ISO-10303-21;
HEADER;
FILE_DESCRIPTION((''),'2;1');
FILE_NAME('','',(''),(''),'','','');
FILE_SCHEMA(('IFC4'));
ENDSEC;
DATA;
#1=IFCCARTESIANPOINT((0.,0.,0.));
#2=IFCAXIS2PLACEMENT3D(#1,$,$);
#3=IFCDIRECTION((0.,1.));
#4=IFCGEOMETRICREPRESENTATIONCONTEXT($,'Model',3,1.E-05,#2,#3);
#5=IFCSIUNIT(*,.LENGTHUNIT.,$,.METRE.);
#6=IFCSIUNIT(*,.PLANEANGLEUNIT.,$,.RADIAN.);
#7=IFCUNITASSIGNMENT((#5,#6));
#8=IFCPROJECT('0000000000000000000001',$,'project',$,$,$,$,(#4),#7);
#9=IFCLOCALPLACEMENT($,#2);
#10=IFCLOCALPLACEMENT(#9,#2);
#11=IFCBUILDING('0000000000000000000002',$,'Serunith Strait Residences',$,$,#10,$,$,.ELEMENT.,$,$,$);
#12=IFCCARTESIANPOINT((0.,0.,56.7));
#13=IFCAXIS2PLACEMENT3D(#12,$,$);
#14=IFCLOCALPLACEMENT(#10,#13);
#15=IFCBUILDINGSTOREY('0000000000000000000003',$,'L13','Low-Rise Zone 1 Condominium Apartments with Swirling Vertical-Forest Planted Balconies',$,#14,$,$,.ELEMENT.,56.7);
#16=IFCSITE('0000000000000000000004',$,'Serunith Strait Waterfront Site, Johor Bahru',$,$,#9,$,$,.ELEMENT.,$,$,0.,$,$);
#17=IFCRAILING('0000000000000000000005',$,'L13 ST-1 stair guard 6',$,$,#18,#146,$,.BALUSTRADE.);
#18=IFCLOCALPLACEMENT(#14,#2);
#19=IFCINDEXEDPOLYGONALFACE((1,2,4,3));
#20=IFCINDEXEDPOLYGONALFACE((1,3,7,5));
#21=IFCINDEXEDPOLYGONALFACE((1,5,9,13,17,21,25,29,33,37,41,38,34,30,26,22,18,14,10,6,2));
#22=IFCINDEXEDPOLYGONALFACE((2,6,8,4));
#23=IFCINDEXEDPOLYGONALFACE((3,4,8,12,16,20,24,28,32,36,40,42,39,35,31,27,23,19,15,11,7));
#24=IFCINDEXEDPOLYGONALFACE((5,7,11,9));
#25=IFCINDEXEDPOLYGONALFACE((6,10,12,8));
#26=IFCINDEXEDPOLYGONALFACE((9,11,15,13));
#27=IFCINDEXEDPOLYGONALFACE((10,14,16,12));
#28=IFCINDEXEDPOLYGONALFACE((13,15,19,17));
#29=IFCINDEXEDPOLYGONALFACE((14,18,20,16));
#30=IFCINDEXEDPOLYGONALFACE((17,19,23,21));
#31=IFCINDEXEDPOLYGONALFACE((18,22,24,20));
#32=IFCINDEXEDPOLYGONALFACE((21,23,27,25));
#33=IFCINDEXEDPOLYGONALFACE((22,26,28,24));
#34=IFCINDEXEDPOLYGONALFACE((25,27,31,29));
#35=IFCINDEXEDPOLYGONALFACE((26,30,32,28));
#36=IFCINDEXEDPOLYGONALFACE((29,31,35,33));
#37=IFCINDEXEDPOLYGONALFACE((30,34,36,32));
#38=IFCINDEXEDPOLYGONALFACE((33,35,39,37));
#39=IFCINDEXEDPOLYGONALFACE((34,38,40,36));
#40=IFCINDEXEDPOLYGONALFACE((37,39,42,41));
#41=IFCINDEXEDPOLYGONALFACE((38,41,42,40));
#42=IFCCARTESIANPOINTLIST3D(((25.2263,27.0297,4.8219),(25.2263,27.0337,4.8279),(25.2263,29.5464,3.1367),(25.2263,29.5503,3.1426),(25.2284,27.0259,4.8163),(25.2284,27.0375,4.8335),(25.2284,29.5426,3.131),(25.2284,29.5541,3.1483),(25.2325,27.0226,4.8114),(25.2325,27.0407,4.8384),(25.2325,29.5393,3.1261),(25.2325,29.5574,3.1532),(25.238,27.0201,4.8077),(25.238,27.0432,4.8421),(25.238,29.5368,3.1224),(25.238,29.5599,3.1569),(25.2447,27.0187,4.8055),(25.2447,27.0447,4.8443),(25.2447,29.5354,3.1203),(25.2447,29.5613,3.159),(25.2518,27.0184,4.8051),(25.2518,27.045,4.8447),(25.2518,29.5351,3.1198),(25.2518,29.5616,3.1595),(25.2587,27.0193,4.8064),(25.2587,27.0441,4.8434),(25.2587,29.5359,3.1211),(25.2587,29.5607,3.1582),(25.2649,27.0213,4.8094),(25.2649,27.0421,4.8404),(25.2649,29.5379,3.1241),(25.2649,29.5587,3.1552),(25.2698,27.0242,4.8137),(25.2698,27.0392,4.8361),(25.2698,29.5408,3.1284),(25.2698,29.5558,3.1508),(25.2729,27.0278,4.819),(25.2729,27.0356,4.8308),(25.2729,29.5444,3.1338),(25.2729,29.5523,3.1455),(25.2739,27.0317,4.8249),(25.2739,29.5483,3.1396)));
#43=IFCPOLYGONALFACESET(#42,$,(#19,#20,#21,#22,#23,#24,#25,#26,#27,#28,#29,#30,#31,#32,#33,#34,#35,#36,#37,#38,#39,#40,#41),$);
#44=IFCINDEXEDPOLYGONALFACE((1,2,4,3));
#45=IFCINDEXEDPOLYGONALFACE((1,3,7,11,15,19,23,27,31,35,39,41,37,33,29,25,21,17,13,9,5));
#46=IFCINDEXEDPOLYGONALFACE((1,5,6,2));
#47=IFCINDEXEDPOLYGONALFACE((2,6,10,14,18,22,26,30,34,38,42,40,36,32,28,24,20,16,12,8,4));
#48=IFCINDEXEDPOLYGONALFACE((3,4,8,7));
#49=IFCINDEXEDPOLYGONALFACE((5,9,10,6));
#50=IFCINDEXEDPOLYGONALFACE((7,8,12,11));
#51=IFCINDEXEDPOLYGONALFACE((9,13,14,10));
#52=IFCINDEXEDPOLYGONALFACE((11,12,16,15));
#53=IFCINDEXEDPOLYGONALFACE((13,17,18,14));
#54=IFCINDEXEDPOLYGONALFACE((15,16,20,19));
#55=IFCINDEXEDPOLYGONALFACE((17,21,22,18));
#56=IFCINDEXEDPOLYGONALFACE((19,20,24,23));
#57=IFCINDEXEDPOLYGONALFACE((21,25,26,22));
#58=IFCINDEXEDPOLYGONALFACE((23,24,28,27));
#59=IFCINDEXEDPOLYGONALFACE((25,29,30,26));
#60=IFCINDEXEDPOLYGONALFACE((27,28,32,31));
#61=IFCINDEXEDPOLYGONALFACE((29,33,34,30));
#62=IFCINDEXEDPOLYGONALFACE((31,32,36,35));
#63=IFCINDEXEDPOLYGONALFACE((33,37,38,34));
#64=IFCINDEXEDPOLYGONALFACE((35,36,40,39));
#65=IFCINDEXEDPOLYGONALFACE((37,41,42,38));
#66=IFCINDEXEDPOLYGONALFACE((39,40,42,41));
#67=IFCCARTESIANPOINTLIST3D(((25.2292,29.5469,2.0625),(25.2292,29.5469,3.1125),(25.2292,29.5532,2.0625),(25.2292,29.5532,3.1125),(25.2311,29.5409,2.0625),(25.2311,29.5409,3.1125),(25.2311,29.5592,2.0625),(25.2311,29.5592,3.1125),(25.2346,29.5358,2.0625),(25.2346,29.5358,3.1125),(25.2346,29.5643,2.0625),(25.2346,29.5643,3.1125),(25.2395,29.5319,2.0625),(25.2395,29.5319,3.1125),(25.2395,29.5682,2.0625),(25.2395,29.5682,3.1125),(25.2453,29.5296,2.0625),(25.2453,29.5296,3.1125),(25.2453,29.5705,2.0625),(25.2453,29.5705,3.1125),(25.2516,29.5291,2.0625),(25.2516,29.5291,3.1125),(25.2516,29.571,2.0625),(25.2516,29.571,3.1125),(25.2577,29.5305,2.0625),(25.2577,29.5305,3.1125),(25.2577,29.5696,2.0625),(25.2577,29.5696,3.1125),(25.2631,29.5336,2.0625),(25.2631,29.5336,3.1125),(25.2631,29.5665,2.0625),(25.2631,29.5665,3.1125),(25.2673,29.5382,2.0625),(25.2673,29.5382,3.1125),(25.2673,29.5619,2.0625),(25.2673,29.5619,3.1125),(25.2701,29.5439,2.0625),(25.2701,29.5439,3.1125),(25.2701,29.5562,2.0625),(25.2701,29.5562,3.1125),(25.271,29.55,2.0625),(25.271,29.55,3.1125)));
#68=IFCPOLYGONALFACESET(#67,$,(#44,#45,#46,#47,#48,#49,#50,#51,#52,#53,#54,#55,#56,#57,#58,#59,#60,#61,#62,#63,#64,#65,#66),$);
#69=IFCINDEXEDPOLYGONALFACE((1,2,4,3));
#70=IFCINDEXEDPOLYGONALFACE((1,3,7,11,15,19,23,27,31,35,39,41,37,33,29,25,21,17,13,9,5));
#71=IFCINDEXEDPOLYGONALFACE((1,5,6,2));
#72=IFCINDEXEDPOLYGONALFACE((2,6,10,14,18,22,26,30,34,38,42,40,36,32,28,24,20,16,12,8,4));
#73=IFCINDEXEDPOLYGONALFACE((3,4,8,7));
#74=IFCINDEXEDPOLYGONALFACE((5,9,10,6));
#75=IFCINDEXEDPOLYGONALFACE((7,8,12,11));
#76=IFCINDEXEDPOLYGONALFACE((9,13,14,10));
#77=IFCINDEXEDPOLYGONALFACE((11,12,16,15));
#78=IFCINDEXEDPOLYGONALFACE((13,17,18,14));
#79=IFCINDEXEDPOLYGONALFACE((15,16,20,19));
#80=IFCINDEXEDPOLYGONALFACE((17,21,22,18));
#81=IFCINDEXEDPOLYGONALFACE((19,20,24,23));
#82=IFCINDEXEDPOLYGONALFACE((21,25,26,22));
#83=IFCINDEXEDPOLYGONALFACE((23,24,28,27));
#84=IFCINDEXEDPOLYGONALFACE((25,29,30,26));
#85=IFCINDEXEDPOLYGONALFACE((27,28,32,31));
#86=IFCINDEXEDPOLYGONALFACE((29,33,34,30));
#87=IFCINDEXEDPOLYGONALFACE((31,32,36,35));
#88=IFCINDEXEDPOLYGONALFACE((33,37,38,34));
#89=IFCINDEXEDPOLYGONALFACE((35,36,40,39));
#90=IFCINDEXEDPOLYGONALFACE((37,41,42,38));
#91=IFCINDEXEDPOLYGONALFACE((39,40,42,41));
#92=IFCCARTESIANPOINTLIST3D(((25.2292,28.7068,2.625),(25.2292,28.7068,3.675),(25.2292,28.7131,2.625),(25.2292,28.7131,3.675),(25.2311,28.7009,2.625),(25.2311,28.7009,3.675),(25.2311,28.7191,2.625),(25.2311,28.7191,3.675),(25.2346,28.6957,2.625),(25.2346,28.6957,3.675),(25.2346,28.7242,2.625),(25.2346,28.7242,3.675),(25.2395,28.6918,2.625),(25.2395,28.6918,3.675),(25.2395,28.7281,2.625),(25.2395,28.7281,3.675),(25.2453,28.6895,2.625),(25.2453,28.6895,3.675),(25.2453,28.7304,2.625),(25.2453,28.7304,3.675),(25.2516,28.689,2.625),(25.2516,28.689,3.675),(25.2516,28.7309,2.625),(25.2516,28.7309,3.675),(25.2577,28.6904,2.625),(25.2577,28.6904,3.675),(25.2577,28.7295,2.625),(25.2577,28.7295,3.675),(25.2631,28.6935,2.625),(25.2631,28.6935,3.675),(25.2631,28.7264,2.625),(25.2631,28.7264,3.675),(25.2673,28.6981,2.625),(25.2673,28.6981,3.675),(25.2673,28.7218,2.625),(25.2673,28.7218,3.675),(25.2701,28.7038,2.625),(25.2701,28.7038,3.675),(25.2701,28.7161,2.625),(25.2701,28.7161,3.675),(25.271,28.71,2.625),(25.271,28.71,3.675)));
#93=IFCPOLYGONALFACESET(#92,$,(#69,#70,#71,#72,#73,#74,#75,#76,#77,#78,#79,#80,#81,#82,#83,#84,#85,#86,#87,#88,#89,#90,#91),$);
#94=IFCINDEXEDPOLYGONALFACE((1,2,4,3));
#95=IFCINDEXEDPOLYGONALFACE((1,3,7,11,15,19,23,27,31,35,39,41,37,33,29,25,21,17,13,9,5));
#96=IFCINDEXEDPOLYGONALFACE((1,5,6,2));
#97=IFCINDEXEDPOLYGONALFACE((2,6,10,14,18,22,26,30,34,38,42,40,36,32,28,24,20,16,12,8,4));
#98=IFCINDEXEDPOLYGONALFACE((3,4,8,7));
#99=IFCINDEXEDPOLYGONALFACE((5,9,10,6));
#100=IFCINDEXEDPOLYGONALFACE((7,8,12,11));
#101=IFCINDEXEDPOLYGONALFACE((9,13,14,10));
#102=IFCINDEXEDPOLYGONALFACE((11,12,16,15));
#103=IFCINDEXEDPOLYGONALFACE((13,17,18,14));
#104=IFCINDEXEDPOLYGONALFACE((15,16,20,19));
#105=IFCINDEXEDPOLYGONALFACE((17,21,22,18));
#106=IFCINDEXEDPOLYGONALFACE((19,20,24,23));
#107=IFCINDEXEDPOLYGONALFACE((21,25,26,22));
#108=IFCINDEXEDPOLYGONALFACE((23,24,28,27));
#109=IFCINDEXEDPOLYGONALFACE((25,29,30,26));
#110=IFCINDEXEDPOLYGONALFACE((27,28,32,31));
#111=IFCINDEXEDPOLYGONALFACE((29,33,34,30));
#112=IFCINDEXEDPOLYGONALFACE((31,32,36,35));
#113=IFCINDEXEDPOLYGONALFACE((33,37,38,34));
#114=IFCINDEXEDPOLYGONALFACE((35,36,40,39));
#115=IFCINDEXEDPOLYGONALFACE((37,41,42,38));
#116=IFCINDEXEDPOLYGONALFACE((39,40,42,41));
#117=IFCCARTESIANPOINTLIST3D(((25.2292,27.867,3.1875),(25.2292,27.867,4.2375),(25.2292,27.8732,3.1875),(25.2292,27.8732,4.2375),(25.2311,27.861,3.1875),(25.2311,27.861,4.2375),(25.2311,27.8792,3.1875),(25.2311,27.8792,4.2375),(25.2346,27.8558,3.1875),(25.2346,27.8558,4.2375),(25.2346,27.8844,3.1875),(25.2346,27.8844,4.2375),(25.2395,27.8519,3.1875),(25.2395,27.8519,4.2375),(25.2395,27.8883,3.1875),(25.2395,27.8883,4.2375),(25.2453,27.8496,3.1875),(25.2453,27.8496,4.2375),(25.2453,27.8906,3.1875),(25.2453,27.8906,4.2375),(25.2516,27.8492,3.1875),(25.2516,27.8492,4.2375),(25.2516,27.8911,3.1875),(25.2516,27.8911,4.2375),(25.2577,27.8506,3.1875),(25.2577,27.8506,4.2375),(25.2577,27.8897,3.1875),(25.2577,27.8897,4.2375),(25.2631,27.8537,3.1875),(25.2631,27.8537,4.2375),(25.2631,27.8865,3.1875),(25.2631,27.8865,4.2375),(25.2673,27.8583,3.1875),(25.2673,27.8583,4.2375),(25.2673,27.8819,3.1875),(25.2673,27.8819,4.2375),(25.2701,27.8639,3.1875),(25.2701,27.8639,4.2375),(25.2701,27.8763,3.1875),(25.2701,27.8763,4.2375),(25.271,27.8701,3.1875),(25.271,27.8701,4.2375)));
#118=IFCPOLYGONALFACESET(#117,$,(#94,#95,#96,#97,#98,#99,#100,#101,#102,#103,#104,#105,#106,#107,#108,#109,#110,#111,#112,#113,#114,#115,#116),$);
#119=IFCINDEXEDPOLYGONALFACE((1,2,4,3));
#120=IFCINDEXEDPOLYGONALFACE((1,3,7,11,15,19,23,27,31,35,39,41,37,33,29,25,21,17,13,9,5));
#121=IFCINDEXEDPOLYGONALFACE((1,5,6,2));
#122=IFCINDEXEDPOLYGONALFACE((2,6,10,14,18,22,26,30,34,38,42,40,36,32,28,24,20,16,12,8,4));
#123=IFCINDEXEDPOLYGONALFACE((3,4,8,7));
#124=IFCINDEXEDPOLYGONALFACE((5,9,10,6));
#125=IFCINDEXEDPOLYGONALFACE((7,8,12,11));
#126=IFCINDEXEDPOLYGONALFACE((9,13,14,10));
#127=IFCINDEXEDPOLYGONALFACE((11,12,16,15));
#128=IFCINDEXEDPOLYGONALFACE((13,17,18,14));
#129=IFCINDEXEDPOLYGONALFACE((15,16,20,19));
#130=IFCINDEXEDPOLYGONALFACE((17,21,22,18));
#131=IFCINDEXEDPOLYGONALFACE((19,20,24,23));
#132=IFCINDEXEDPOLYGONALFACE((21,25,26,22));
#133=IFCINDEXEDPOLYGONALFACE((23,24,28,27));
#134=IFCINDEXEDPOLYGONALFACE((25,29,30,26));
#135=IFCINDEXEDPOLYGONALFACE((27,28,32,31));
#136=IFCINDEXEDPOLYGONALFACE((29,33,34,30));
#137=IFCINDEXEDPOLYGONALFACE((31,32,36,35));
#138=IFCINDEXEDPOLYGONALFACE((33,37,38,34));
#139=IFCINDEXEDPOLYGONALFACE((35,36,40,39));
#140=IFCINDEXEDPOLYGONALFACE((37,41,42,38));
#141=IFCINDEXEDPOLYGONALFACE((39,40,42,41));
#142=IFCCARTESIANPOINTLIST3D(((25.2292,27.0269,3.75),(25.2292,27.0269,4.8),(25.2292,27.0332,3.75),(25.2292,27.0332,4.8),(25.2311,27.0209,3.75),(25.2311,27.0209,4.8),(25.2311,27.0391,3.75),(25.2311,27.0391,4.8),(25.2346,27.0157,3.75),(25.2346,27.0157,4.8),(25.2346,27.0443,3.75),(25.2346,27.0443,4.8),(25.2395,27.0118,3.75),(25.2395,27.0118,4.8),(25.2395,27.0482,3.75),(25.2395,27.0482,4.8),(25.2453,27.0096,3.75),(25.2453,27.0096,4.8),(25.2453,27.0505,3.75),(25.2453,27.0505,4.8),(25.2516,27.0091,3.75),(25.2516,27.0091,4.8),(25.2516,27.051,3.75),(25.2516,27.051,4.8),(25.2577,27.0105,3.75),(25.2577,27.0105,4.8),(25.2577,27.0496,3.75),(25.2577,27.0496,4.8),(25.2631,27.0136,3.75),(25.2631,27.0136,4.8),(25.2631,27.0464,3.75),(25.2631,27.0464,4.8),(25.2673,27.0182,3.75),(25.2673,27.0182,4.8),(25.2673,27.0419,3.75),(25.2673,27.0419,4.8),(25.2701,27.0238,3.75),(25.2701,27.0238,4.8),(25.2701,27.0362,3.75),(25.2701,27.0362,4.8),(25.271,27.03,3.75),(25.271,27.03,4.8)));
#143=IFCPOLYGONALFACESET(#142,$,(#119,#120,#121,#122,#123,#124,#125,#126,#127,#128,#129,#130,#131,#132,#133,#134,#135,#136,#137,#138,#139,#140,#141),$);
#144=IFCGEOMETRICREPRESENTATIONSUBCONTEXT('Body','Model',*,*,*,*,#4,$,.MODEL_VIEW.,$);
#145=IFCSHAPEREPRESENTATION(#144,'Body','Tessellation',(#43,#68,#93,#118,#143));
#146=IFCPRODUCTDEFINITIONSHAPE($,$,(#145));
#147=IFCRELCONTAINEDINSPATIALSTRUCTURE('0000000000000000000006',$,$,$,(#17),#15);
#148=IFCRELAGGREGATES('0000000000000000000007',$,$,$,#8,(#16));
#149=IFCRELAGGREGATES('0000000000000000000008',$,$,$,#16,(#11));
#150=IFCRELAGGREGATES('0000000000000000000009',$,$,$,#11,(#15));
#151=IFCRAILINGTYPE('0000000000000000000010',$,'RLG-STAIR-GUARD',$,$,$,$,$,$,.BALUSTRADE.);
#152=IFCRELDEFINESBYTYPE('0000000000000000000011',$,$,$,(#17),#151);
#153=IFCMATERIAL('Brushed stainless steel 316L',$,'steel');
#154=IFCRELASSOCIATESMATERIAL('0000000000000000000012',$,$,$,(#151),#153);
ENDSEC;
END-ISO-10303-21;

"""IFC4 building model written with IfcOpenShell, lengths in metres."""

from ifc_helpers import new_model, si_unit, direction, frame, origin, origin_2d, place, context, subcontext, project, spatial, circle, extrude, material, type_object, element, save


model = new_model("IFC4")

# Units and contexts
model_context = context("Model", 3, precision=1e-05, world=origin(), true_north=direction((0.0, 1.0)))
body_context = subcontext(model_context, "Body", "Model", "MODEL_VIEW")
ifc_project = project(units=[si_unit("LENGTHUNIT", "METRE"), si_unit("PLANEANGLEUNIT", "RADIAN")], contexts=[model_context])

# Site, building, storey
site_placement = place(None, origin())
site = spatial("IfcSite", under=ifc_project, at=site_placement, Name="Serunith Strait Waterfront Site, Johor Bahru", CompositionType="ELEMENT", RefElevation=0.0)
building_placement = place(site_placement, origin())
building = spatial("IfcBuilding", under=site, at=building_placement, Name="Serunith Strait Residences", CompositionType="ELEMENT")
storey_placement = place(building_placement, frame((0.0, 0.0, 56.7)))
storey = spatial("IfcBuildingStorey", under=building, at=storey_placement, Name="L13", Description="Low-Rise Zone 1 Condominium Apartments with Swirling Vertical-Forest Planted Balconies", CompositionType="ELEMENT", Elevation=56.7)

# Railing
ifc_material_1 = material(Name="Brushed stainless steel 316L", Category="steel")
railing_type_1 = type_object("IfcRailingType", Name="RLG-STAIR-GUARD", PredefinedType="BALUSTRADE", material=ifc_material_1)
railing_1_placement = place(storey_placement, frame((25.25, 29.55, 2.0625)))
element("IfcRailing", 1, at=railing_1_placement, inside=storey, type_object=railing_type_1, Name="L13 ST-1 stair guard 6", PredefinedType="BALUSTRADE", context=body_context, shape_type="SweptSolid", body=[
    extrude(circle(Radius=0.0239, at=origin_2d()), frame((0.0, -0.0017, 1.0771), z_axis=(0.0, -0.830909, 0.556408), x_axis=(1.0, 0.0, 0.0)), (0.0, 0.0, 1.0), 3.0288),
    extrude(circle(Radius=0.021, at=origin_2d()), origin(), (0.0, 0.0, 1.0), 1.05),
    extrude(circle(Radius=0.021, at=origin_2d()), frame((0.0, -0.8401, 0.5625)), (0.0, 0.0, 1.0), 1.05),
    extrude(circle(Radius=0.021, at=origin_2d()), frame((0.0, -1.6799, 1.125)), (0.0, 0.0, 1.0), 1.05),
    extrude(circle(Radius=0.021, at=origin_2d()), frame((0.0, -2.52, 1.6875)), (0.0, 0.0, 1.0), 1.05),
])

save(model, "model.ifc")
